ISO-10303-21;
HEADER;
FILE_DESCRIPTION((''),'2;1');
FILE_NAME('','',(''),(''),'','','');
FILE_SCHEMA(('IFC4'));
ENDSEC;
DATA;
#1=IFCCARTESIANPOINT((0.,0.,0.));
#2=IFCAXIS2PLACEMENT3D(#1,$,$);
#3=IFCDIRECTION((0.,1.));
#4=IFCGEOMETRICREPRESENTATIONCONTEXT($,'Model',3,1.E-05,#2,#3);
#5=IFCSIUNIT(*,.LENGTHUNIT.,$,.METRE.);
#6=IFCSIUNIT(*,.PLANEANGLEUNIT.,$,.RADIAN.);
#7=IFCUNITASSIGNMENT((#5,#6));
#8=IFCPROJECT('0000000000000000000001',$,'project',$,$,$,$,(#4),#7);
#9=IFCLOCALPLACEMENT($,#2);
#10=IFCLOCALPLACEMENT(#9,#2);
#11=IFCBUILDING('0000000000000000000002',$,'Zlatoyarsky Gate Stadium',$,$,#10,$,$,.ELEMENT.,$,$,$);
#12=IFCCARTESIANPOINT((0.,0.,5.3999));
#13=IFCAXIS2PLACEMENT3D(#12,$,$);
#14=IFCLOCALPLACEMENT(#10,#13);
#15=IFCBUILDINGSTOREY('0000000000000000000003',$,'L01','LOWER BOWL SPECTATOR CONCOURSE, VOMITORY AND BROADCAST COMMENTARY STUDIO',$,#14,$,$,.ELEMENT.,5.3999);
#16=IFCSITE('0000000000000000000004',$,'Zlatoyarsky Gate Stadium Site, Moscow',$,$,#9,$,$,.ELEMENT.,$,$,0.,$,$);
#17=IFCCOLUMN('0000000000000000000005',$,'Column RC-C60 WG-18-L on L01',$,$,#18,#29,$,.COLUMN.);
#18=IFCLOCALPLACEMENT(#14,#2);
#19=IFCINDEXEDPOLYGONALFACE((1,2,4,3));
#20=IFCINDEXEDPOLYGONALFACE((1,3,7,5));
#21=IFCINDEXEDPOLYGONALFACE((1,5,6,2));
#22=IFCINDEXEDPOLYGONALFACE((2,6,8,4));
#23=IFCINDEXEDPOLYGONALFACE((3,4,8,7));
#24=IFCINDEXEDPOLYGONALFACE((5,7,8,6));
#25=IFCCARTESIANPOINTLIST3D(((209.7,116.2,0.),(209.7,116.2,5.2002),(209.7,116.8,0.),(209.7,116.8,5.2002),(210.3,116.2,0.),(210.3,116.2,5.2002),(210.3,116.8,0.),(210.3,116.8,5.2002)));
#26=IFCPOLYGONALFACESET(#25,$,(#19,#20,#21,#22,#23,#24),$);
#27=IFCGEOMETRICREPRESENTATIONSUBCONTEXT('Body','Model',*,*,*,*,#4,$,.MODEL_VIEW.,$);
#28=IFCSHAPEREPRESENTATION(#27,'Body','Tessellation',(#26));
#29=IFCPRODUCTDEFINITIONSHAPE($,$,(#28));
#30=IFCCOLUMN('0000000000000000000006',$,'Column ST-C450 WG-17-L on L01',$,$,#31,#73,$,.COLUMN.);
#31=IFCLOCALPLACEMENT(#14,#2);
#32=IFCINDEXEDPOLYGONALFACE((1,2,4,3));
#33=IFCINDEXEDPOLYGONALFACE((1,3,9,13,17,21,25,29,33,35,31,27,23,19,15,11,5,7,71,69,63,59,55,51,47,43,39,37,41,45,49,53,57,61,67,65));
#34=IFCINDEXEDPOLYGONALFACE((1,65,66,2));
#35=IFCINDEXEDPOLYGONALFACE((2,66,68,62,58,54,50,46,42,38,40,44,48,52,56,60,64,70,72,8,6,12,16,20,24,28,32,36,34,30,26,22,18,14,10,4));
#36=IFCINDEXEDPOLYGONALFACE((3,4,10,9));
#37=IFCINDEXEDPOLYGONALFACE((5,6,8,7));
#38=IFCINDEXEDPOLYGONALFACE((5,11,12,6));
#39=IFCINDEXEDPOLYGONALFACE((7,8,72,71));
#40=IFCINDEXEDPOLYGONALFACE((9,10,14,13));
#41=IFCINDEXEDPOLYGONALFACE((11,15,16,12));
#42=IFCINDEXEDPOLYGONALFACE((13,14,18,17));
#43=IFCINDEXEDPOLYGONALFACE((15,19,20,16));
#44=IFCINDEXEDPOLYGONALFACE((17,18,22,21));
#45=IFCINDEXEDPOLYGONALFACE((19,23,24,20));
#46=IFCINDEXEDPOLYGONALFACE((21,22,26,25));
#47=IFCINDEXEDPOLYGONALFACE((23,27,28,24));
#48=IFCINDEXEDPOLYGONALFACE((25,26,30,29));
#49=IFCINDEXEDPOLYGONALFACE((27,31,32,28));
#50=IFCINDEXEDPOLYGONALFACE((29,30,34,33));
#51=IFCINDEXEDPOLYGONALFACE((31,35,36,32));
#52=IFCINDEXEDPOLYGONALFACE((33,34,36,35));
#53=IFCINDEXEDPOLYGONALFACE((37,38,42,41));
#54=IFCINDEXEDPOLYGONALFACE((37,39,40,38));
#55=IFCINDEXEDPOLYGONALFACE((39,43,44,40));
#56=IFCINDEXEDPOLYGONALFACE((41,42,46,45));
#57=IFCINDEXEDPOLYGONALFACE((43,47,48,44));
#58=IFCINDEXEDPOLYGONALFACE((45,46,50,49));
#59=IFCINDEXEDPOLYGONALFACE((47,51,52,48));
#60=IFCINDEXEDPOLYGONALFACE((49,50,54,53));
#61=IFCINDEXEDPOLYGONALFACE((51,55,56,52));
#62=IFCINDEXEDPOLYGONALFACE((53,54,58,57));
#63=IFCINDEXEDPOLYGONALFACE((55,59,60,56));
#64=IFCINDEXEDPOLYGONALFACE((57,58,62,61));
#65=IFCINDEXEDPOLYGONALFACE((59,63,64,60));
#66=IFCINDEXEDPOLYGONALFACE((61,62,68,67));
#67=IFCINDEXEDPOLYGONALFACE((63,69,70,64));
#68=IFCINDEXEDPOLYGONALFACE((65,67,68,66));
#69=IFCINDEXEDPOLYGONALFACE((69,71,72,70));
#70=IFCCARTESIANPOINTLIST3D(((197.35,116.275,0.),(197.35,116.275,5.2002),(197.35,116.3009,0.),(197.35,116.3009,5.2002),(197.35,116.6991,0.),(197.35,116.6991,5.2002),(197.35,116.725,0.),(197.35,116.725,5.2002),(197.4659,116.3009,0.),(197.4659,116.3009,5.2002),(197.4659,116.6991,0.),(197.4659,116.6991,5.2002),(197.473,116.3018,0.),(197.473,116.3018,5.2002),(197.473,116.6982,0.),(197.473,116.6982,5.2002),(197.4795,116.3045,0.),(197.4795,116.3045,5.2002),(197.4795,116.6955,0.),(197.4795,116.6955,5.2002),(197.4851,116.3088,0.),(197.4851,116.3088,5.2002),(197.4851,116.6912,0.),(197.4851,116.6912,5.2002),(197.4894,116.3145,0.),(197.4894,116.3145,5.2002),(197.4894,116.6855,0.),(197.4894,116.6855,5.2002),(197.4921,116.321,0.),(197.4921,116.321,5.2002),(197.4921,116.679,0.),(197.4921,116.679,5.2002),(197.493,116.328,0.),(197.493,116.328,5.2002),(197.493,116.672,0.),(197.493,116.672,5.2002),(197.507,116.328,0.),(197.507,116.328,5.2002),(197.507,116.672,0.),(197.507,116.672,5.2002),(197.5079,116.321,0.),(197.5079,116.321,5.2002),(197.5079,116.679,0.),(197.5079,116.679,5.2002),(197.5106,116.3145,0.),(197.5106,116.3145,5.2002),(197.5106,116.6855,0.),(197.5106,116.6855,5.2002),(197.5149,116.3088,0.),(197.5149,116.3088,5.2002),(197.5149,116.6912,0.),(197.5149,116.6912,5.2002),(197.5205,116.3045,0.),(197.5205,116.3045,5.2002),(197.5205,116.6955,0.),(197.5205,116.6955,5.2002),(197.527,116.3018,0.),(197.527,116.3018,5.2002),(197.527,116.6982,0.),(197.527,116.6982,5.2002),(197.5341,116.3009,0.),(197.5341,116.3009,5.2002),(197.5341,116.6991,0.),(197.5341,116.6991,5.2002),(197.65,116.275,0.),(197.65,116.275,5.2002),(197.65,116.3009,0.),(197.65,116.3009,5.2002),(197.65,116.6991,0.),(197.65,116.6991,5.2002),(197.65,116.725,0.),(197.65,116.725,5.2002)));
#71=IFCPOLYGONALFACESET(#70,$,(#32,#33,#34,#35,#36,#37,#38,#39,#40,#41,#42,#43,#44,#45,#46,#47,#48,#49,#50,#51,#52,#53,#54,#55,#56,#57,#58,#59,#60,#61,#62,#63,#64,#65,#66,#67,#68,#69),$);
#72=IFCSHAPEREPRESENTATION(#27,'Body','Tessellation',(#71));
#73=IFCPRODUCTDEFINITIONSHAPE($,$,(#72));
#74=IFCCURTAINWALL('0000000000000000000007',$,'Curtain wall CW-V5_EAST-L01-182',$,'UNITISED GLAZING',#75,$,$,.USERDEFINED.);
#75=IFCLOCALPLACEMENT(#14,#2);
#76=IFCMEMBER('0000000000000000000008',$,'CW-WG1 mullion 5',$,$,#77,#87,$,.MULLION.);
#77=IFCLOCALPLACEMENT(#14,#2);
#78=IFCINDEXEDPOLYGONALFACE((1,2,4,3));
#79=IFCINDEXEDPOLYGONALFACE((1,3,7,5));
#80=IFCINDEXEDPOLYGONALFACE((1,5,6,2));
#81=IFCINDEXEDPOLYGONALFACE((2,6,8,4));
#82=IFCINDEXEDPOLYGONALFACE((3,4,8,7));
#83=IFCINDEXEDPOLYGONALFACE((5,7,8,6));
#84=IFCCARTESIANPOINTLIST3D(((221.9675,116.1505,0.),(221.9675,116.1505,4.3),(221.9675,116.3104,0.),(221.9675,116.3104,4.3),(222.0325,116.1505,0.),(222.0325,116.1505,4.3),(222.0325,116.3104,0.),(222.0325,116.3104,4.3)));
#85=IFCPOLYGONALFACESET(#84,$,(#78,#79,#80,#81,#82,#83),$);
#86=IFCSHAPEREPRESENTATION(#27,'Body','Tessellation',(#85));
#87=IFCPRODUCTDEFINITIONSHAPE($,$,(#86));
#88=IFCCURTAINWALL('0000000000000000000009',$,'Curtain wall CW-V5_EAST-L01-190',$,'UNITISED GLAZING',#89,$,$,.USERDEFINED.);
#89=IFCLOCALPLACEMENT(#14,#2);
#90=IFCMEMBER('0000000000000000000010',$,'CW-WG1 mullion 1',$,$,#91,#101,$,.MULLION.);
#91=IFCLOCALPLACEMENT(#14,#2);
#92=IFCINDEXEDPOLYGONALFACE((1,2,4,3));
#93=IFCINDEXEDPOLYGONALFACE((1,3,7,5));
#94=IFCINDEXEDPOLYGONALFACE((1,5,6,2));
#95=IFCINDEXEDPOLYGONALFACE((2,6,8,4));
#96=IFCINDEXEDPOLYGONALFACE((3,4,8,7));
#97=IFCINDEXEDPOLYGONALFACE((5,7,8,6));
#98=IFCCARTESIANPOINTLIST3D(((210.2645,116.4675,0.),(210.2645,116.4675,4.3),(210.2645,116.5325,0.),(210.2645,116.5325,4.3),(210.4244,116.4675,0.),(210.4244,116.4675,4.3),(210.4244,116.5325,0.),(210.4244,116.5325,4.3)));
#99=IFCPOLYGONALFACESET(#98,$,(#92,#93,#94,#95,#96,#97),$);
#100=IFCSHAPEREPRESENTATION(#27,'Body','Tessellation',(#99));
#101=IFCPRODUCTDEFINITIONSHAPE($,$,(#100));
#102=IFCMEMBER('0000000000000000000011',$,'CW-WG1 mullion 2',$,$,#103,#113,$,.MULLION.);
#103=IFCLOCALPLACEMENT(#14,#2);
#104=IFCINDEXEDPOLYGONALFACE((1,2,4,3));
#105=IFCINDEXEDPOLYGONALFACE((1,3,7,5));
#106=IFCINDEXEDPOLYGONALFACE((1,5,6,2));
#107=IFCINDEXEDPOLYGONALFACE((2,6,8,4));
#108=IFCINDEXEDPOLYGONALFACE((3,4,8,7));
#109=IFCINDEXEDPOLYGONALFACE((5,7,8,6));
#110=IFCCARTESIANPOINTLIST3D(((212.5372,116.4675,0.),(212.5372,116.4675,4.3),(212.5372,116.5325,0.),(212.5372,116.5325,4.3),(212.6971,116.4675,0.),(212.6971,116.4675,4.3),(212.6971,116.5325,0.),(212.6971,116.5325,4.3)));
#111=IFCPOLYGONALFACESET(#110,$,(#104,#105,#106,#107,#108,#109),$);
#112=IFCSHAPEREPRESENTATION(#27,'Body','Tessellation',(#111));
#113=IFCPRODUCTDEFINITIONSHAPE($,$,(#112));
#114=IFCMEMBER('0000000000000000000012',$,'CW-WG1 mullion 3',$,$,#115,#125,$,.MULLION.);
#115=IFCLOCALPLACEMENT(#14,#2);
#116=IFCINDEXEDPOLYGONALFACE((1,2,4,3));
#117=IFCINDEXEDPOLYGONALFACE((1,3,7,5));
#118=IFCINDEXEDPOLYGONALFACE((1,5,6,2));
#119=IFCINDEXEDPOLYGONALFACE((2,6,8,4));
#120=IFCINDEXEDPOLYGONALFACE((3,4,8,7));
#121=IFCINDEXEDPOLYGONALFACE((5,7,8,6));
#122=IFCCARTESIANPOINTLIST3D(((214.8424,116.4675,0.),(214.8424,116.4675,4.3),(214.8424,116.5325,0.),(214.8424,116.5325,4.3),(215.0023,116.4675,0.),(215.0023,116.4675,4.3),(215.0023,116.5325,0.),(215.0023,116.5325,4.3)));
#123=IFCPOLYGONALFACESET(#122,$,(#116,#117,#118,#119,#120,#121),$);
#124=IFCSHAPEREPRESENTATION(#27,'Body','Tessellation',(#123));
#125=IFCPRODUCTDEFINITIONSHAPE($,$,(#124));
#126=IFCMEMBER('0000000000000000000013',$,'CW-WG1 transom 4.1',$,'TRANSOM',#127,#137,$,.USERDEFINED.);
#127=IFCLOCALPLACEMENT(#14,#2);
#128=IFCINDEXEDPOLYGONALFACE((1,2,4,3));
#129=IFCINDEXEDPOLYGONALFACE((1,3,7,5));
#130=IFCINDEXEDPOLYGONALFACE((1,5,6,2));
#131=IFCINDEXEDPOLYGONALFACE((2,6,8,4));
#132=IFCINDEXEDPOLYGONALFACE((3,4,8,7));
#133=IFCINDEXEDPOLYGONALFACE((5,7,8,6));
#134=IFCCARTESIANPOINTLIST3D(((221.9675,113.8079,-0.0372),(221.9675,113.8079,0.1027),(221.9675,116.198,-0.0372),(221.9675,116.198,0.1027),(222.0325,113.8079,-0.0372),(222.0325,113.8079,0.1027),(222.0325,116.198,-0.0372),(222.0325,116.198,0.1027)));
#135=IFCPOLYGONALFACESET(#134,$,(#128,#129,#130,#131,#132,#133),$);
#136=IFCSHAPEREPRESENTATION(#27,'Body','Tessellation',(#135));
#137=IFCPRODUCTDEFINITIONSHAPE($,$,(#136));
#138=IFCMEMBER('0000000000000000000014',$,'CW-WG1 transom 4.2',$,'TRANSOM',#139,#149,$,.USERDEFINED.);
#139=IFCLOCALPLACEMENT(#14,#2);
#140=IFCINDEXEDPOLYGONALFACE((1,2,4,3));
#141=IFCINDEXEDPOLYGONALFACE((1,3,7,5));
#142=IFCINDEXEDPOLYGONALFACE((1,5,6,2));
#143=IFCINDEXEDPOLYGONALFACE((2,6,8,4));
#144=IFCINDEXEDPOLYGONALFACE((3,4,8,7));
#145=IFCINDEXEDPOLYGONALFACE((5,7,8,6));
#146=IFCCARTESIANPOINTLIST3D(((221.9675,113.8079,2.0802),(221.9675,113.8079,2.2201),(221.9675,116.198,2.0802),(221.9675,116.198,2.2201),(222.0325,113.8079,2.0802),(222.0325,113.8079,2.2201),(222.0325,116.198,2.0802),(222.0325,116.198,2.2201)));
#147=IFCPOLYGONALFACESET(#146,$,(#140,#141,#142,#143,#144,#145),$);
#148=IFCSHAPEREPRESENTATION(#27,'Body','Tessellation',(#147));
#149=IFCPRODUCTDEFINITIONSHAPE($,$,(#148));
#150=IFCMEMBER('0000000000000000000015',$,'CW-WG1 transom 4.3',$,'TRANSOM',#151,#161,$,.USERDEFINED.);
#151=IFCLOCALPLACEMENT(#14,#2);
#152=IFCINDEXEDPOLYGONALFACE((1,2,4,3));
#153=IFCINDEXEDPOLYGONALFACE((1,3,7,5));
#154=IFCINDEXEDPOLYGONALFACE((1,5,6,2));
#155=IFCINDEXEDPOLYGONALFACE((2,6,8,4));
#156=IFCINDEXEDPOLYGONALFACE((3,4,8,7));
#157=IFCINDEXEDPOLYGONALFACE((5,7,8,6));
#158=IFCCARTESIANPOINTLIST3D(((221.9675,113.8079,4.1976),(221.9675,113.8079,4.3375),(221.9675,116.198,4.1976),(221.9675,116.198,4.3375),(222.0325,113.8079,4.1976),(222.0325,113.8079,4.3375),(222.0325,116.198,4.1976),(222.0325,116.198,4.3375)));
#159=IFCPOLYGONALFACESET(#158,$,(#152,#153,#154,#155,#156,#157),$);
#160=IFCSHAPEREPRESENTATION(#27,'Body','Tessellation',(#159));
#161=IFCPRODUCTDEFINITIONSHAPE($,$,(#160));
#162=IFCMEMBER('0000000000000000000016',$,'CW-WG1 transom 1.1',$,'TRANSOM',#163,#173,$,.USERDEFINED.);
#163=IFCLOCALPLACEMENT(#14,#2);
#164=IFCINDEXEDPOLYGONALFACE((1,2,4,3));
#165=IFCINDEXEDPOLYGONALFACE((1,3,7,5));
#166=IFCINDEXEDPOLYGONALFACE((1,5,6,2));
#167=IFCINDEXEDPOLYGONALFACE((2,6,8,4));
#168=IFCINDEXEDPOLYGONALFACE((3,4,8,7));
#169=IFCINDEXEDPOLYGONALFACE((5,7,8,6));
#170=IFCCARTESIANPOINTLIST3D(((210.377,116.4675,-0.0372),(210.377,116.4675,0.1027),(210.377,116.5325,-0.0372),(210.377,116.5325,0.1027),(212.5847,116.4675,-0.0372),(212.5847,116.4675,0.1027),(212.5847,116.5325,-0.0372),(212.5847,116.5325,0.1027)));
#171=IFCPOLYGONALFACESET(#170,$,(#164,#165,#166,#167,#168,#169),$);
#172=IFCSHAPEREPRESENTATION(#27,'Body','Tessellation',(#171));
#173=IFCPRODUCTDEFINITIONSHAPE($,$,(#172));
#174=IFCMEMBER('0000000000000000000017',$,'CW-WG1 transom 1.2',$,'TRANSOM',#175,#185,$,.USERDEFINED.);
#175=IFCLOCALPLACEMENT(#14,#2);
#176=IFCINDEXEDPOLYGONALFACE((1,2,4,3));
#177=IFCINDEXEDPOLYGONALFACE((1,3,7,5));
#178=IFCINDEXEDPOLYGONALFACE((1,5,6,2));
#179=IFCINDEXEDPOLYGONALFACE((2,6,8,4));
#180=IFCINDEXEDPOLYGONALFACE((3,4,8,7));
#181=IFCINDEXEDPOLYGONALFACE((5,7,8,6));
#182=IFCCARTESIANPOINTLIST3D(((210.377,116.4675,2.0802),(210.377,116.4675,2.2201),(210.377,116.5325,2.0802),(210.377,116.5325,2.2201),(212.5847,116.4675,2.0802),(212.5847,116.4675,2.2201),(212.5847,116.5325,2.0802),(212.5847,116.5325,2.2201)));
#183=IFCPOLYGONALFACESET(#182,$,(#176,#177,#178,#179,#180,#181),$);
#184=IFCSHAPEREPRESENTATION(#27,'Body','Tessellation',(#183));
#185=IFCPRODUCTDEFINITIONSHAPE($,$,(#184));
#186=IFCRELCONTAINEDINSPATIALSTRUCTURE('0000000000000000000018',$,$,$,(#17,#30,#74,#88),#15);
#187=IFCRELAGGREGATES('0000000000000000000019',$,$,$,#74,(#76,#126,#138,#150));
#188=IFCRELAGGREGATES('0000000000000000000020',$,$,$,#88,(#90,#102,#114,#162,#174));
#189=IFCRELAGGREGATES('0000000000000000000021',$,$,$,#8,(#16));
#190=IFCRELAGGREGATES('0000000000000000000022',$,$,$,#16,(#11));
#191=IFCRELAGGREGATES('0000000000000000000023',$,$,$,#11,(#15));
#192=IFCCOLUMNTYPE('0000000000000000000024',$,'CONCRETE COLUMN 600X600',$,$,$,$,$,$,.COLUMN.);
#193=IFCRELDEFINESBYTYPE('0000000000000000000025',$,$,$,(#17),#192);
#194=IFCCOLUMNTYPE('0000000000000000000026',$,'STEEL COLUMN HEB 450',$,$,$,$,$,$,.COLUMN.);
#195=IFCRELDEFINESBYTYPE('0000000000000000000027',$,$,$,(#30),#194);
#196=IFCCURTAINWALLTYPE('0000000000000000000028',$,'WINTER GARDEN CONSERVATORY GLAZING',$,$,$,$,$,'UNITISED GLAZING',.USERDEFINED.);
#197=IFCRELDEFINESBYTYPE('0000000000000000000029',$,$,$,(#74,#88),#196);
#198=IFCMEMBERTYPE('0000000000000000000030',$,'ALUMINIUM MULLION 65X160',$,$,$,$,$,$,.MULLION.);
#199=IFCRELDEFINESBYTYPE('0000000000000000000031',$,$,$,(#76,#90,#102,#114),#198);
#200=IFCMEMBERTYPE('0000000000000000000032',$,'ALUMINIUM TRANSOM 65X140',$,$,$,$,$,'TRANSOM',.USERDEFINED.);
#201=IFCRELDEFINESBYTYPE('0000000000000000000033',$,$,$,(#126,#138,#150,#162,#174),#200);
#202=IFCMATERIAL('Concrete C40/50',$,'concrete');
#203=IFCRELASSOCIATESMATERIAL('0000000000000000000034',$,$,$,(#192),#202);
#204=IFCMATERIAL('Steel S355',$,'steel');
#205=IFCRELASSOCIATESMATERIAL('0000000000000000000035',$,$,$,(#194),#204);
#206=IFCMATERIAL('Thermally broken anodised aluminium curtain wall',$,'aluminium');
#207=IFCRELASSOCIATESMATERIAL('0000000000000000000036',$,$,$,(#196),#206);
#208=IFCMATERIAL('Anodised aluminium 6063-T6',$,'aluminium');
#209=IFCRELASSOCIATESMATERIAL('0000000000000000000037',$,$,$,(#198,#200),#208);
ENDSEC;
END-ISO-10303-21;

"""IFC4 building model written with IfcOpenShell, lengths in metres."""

from ifc_helpers import new_model, si_unit, direction, frame, origin, origin_2d, place, context, subcontext, project, spatial, rectangle, i_section, extrude, material, material_profile, profile_set, type_object, element, aggregate, save


model = new_model("IFC4")

# Units and contexts
model_context = context("Model", 3, precision=1e-05, world=origin(), true_north=direction((0.0, 1.0)))
body_context = subcontext(model_context, "Body", "Model", "MODEL_VIEW")
ifc_project = project(units=[si_unit("LENGTHUNIT", "METRE"), si_unit("PLANEANGLEUNIT", "RADIAN")], contexts=[model_context])

# Site, building, storey
site_placement = place(None, origin())
site = spatial("IfcSite", under=ifc_project, at=site_placement, Name="Zlatoyarsky Gate Stadium Site, Moscow", CompositionType="ELEMENT", RefElevation=0.0)
building_placement = place(site_placement, origin())
building = spatial("IfcBuilding", under=site, at=building_placement, Name="Zlatoyarsky Gate Stadium", CompositionType="ELEMENT")
storey_placement = place(building_placement, frame((0.0, 0.0, 5.3999)))
storey = spatial("IfcBuildingStorey", under=building, at=storey_placement, Name="L01", Description="LOWER BOWL SPECTATOR CONCOURSE, VOMITORY AND BROADCAST COMMENTARY STUDIO", CompositionType="ELEMENT", Elevation=5.3999)

# Columns
ifc_material_1 = material(Name="Concrete C40/50", Category="concrete")
ifc_material_profile_1 = material_profile(ifc_material_1, rectangle(XDim=0.6001, YDim=0.6001, at=origin_2d()), Name="RC COL 600X600")
ifc_profile_set_1 = profile_set([ifc_material_profile_1], Name="Concrete C40/50")
column_type_1 = type_object("IfcColumnType", Name="CONCRETE COLUMN 600X600", PredefinedType="COLUMN", material=ifc_profile_set_1)
column_1_placement = place(storey_placement, frame((210.0, 116.5, 0.0), z_axis=(0.0, 0.0, 1.0), x_axis=(1.0, 0.0, 0.0)))
element("IfcColumn", 1, at=column_1_placement, inside=storey, type_object=column_type_1, Name="Column RC-C60 WG-18-L on L01", PredefinedType="COLUMN", context=body_context, shape_type="SweptSolid", body=[
    extrude(rectangle(XDim=0.6001, YDim=0.6001, at=origin_2d()), origin(), (0.0, 0.0, 1.0), 5.2002),
])
ifc_material_2 = material(Name="Steel S355", Category="steel")
ifc_material_profile_2 = material_profile(ifc_material_2, i_section(OverallWidth=0.3, OverallDepth=0.45, WebThickness=0.0139, FlangeThickness=0.0259, FilletRadius=0.0271, at=origin_2d()), Name="HEB 450")
ifc_profile_set_2 = profile_set([ifc_material_profile_2], Name="Steel S355")
column_type_2 = type_object("IfcColumnType", Name="STEEL COLUMN HEB 450", PredefinedType="COLUMN", material=ifc_profile_set_2)
column_2_placement = place(storey_placement, frame((197.5, 116.5, 0.0), z_axis=(0.0, 0.0, 1.0), x_axis=(1.0, 0.0, 0.0)))
element("IfcColumn", 2, at=column_2_placement, inside=storey, type_object=column_type_2, Name="Column ST-C450 WG-17-L on L01", PredefinedType="COLUMN", context=body_context, shape_type="SweptSolid", body=[
    extrude(i_section(OverallWidth=0.3, OverallDepth=0.45, WebThickness=0.0139, FlangeThickness=0.0259, FilletRadius=0.0271, at=origin_2d()), origin(), (0.0, 0.0, 1.0), 5.2002),
])

# Curtain wall, member
ifc_material_3 = material(Name="Thermally broken anodised aluminium curtain wall", Category="aluminium")
curtain_wall_type_1 = type_object("IfcCurtainWallType", Name="WINTER GARDEN CONSERVATORY GLAZING", ElementType="UNITISED GLAZING", PredefinedType="USERDEFINED", material=ifc_material_3)
curtain_wall_1_placement = place(storey_placement, origin())
curtain_wall_1 = element("IfcCurtainWall", 3, at=curtain_wall_1_placement, inside=storey, type_object=curtain_wall_type_1, Name="Curtain wall CW-V5_EAST-L01-182", ObjectType="UNITISED GLAZING", PredefinedType="USERDEFINED")
ifc_material_4 = material(Name="Anodised aluminium 6063-T6", Category="aluminium")
ifc_material_profile_3 = material_profile(ifc_material_4, rectangle(XDim=0.0649, YDim=0.1599, at=origin_2d()), Name="ALU 65X160")
ifc_profile_set_3 = profile_set([ifc_material_profile_3], Name="Anodised aluminium 6063-T6")
member_type_1 = type_object("IfcMemberType", Name="ALUMINIUM MULLION 65X160", PredefinedType="MULLION", material=ifc_profile_set_3)
member_1_placement = place(storey_placement, frame((222.0, 116.2305, 0.0), z_axis=(0.0, 0.0, 1.0), x_axis=(-1.0, 0.0, 0.0)))
member_1 = element("IfcMember", 4, at=member_1_placement, type_object=member_type_1, Name="CW-WG1 mullion 5", PredefinedType="MULLION", context=body_context, shape_type="SweptSolid", body=[
    extrude(rectangle(XDim=0.0649, YDim=0.1599, at=origin_2d()), origin(), (0.0, 0.0, 1.0), 4.3),
])

# Curtain wall, members
curtain_wall_2_placement = place(storey_placement, origin())
curtain_wall_2 = element("IfcCurtainWall", 5, at=curtain_wall_2_placement, inside=storey, type_object=curtain_wall_type_1, Name="Curtain wall CW-V5_EAST-L01-190", ObjectType="UNITISED GLAZING", PredefinedType="USERDEFINED")
member_2_placement = place(storey_placement, frame((210.3445, 116.5, 0.0), z_axis=(0.0, 0.0, 1.0), x_axis=(0.0, 1.0, 0.0)))
member_2 = element("IfcMember", 6, at=member_2_placement, type_object=member_type_1, Name="CW-WG1 mullion 1", PredefinedType="MULLION", context=body_context, shape_type="SweptSolid", body=[
    extrude(rectangle(XDim=0.0649, YDim=0.1599, at=origin_2d()), origin(), (0.0, 0.0, 1.0), 4.3),
])
member_3_placement = place(storey_placement, frame((212.6172, 116.5, 0.0), z_axis=(0.0, 0.0, 1.0), x_axis=(0.0, 1.0, 0.0)))
member_3 = element("IfcMember", 7, at=member_3_placement, type_object=member_type_1, Name="CW-WG1 mullion 2", PredefinedType="MULLION", context=body_context, shape_type="SweptSolid", body=[
    extrude(rectangle(XDim=0.0649, YDim=0.1599, at=origin_2d()), origin(), (0.0, 0.0, 1.0), 4.3),
])
member_4_placement = place(storey_placement, frame((214.9224, 116.5, 0.0), z_axis=(0.0, 0.0, 1.0), x_axis=(0.0, 1.0, 0.0)))
member_4 = element("IfcMember", 8, at=member_4_placement, type_object=member_type_1, Name="CW-WG1 mullion 3", PredefinedType="MULLION", context=body_context, shape_type="SweptSolid", body=[
    extrude(rectangle(XDim=0.0649, YDim=0.1599, at=origin_2d()), origin(), (0.0, 0.0, 1.0), 4.3),
])

# Members
ifc_material_profile_4 = material_profile(ifc_material_4, rectangle(XDim=0.0649, YDim=0.1399, at=origin_2d()), Name="ALU 65X140")
ifc_profile_set_4 = profile_set([ifc_material_profile_4], Name="Anodised aluminium 6063-T6")
member_type_2 = type_object("IfcMemberType", Name="ALUMINIUM TRANSOM 65X140", ElementType="TRANSOM", PredefinedType="USERDEFINED", material=ifc_profile_set_4)
member_5_placement = place(storey_placement, frame((222.0, 113.8079, 0.0327), z_axis=(0.0, 1.0, 0.0), x_axis=(-1.0, 0.0, 0.0)))
member_5 = element("IfcMember", 9, at=member_5_placement, type_object=member_type_2, Name="CW-WG1 transom 4.1", ObjectType="TRANSOM", PredefinedType="USERDEFINED", context=body_context, shape_type="SweptSolid", body=[
    extrude(rectangle(XDim=0.0649, YDim=0.1399, at=origin_2d()), origin(), (0.0, 0.0, 1.0), 2.3901),
])
member_6_placement = place(storey_placement, frame((222.0, 113.8079, 2.1501), z_axis=(0.0, 1.0, 0.0), x_axis=(-1.0, 0.0, 0.0)))
member_6 = element("IfcMember", 10, at=member_6_placement, type_object=member_type_2, Name="CW-WG1 transom 4.2", ObjectType="TRANSOM", PredefinedType="USERDEFINED", context=body_context, shape_type="SweptSolid", body=[
    extrude(rectangle(XDim=0.0649, YDim=0.1399, at=origin_2d()), origin(), (0.0, 0.0, 1.0), 2.3901),
])
member_7_placement = place(storey_placement, frame((222.0, 113.8079, 4.2676), z_axis=(0.0, 1.0, 0.0), x_axis=(-1.0, 0.0, 0.0)))
member_7 = element("IfcMember", 11, at=member_7_placement, type_object=member_type_2, Name="CW-WG1 transom 4.3", ObjectType="TRANSOM", PredefinedType="USERDEFINED", context=body_context, shape_type="SweptSolid", body=[
    extrude(rectangle(XDim=0.0649, YDim=0.1399, at=origin_2d()), origin(), (0.0, 0.0, 1.0), 2.3901),
])
member_8_placement = place(storey_placement, frame((210.377, 116.5, 0.0327), z_axis=(1.0, 0.0, 0.0), x_axis=(0.0, 1.0, 0.0)))
member_8 = element("IfcMember", 12, at=member_8_placement, type_object=member_type_2, Name="CW-WG1 transom 1.1", ObjectType="TRANSOM", PredefinedType="USERDEFINED", context=body_context, shape_type="SweptSolid", body=[
    extrude(rectangle(XDim=0.0649, YDim=0.1399, at=origin_2d()), origin(), (0.0, 0.0, 1.0), 2.2078),
])
member_9_placement = place(storey_placement, frame((210.377, 116.5, 2.1501), z_axis=(1.0, 0.0, 0.0), x_axis=(0.0, 1.0, 0.0)))
member_9 = element("IfcMember", 13, at=member_9_placement, type_object=member_type_2, Name="CW-WG1 transom 1.2", ObjectType="TRANSOM", PredefinedType="USERDEFINED", context=body_context, shape_type="SweptSolid", body=[
    extrude(rectangle(XDim=0.0649, YDim=0.1399, at=origin_2d()), origin(), (0.0, 0.0, 1.0), 2.2078),
])

aggregate(curtain_wall_1, [member_1, member_5, member_6, member_7])
aggregate(curtain_wall_2, [member_2, member_3, member_4, member_8, member_9])

save(model, "model.ifc")
